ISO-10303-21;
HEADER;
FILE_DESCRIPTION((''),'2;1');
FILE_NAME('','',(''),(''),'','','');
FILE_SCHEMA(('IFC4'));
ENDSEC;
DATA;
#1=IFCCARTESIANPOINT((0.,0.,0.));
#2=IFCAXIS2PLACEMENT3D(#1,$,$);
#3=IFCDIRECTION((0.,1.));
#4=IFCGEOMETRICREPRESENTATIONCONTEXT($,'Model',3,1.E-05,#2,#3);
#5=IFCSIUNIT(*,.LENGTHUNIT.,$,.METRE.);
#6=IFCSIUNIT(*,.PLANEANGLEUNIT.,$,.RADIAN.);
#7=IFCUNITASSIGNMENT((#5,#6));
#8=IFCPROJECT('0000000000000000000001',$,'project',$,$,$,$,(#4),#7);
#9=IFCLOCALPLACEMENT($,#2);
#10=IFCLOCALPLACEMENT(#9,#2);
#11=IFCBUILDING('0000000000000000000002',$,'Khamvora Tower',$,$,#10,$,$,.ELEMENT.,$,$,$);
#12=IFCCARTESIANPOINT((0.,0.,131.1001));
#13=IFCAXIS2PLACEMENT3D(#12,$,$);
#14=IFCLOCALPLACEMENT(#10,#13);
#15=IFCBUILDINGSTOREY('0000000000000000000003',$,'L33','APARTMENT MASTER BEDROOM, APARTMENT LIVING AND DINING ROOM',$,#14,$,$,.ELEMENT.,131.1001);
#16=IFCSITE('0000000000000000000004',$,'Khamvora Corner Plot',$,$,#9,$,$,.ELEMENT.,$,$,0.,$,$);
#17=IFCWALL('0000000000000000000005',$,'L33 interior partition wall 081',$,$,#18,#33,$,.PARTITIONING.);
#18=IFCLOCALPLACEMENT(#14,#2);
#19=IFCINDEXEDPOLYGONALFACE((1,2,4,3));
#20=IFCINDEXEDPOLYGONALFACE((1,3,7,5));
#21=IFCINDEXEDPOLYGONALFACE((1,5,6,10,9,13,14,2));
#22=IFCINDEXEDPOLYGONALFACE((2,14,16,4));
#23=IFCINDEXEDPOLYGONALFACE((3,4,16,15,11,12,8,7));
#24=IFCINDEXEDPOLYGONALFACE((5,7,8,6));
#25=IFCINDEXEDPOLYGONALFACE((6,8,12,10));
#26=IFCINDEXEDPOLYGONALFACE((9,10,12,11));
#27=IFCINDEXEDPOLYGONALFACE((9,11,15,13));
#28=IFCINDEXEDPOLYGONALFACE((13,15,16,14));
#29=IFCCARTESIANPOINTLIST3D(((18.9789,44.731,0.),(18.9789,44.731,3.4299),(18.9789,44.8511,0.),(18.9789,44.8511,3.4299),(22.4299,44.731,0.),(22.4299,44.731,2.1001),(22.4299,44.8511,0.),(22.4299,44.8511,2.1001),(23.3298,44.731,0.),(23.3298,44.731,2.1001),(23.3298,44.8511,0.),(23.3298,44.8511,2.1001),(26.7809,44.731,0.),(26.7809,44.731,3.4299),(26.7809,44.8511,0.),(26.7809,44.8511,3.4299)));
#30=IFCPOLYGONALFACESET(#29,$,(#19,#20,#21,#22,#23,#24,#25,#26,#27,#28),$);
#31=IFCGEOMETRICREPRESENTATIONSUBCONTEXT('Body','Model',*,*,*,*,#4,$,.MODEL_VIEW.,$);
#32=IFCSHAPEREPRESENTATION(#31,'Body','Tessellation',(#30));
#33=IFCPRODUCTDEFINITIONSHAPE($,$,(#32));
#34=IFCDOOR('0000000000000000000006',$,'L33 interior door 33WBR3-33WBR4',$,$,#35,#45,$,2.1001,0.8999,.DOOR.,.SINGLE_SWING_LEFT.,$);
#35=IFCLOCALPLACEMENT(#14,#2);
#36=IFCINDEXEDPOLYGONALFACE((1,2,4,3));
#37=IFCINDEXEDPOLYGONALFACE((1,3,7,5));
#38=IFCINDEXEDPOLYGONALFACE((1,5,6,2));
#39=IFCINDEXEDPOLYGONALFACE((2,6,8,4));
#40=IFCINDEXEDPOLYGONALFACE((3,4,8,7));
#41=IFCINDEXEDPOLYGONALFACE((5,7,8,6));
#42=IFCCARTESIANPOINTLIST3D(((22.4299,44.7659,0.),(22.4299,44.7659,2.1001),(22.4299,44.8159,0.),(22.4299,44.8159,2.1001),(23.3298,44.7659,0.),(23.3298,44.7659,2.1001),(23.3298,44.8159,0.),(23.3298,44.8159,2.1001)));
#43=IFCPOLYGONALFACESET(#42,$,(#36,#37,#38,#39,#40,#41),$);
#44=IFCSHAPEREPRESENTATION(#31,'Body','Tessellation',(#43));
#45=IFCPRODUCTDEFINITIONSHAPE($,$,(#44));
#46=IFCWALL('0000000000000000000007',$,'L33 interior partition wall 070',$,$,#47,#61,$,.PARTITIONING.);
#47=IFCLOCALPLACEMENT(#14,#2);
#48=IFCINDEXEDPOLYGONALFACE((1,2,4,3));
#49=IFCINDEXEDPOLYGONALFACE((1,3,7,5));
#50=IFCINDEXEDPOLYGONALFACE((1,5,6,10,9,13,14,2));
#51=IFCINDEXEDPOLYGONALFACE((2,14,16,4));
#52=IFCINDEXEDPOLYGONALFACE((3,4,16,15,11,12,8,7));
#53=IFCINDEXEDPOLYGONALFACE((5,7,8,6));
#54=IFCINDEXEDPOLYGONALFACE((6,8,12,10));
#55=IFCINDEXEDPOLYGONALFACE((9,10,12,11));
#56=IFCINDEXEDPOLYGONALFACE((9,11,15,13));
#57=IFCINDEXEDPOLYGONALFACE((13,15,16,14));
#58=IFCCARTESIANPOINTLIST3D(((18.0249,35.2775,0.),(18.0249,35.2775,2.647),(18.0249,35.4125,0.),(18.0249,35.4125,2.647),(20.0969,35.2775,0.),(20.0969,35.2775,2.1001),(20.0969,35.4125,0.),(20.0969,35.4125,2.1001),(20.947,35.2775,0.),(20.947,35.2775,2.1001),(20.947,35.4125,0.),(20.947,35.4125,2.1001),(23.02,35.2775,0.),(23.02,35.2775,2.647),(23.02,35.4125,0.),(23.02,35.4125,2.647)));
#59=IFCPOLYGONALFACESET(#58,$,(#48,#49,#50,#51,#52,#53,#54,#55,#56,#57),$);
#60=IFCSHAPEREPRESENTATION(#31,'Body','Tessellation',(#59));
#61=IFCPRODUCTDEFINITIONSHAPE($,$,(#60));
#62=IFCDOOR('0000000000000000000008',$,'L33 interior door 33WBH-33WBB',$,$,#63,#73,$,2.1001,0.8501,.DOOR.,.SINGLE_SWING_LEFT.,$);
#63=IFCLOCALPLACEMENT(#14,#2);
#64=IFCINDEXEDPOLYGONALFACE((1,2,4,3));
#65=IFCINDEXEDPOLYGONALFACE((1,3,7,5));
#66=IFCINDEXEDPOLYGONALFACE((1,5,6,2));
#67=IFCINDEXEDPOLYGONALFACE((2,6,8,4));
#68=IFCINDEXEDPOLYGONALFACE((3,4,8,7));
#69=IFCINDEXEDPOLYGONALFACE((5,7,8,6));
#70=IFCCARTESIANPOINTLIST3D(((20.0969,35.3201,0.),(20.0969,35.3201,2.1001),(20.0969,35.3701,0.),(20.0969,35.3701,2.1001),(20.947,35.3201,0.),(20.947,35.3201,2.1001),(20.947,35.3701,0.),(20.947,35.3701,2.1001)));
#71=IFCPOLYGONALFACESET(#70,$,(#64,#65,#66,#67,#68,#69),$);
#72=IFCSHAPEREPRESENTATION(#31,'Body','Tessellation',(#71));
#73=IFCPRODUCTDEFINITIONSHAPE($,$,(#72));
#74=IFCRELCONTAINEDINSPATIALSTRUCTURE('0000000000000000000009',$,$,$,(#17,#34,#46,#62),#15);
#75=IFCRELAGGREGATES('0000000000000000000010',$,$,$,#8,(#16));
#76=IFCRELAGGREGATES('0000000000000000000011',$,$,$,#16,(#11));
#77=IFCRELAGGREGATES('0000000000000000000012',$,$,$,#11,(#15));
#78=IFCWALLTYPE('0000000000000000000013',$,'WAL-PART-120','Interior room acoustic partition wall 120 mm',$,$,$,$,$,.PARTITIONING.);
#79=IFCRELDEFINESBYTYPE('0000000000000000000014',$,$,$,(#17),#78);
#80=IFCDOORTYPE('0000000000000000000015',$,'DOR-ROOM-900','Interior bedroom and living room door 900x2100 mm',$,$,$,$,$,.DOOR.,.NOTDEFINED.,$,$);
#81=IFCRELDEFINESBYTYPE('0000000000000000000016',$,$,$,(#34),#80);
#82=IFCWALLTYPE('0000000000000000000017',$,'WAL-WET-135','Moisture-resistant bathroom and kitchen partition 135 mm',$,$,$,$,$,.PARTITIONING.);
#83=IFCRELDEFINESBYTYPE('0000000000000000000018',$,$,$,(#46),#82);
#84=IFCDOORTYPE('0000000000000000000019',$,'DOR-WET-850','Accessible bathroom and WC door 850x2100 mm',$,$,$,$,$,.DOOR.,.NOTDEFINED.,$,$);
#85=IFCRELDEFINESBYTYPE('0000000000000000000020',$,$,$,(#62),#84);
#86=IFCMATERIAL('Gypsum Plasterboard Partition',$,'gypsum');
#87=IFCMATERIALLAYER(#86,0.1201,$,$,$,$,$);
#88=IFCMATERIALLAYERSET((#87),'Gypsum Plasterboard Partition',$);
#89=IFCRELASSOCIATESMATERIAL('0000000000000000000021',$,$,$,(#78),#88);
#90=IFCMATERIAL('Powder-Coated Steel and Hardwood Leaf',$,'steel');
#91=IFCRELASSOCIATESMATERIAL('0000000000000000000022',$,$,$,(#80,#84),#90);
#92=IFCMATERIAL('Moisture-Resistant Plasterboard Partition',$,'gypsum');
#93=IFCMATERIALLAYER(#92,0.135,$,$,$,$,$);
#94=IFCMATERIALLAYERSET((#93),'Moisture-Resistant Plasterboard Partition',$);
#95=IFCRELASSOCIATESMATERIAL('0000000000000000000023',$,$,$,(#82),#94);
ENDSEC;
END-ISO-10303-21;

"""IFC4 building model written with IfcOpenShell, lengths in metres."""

from ifc_helpers import new_model, si_unit, direction, frame, frame_2d, origin, place, context, subcontext, project, spatial, rectangle, extrude, material, layer, layer_set, type_object, element, fill, save


model = new_model("IFC4")

# Units and contexts
model_context = context("Model", 3, precision=1e-05, world=origin(), true_north=direction((0.0, 1.0)))
body_context = subcontext(model_context, "Body", "Model", "MODEL_VIEW")
ifc_project = project(units=[si_unit("LENGTHUNIT", "METRE"), si_unit("PLANEANGLEUNIT", "RADIAN")], contexts=[model_context])

# Site, building, storey
site_placement = place(None, origin())
site = spatial("IfcSite", under=ifc_project, at=site_placement, Name="Khamvora Corner Plot", CompositionType="ELEMENT", RefElevation=0.0)
building_placement = place(site_placement, origin())
building = spatial("IfcBuilding", under=site, at=building_placement, Name="Khamvora Tower", CompositionType="ELEMENT")
storey_placement = place(building_placement, frame((0.0, 0.0, 131.1001)))
storey = spatial("IfcBuildingStorey", under=building, at=storey_placement, Name="L33", Description="APARTMENT MASTER BEDROOM, APARTMENT LIVING AND DINING ROOM", CompositionType="ELEMENT", Elevation=131.1001)

# Shared definitions
ifc_material_1 = material(Name="Powder-Coated Steel and Hardwood Leaf", Category="steel")

# Shared definitions
ifc_material_2 = material(Name="Gypsum Plasterboard Partition", Category="gypsum")
ifc_layer_1 = layer(ifc_material_2, 0.1201)
ifc_layer_set_1 = layer_set([ifc_layer_1], Name="Gypsum Plasterboard Partition")
wall_type_1 = type_object("IfcWallType", Name="WAL-PART-120", Description="Interior room acoustic partition wall 120 mm", PredefinedType="PARTITIONING", material=ifc_layer_set_1)

# Walls, openings, doors
door_type_1 = type_object("IfcDoorType", Name="DOR-ROOM-900", Description="Interior bedroom and living room door 900x2100 mm", OperationType="NOTDEFINED", PredefinedType="DOOR", material=ifc_material_1)
wall_1_placement = place(storey_placement, frame((18.979, 44.791, 0.0), z_axis=(0.0, 0.0, 1.0), x_axis=(1.0, 0.0, 0.0)))
wall_1 = element("IfcWall", 1, at=wall_1_placement, inside=storey, type_object=wall_type_1, Name="L33 interior partition wall 081", PredefinedType="PARTITIONING", context=body_context, shape_type="SweptSolid", body=[
    extrude(rectangle(XDim=7.802, YDim=0.1201, at=frame_2d((3.9009, 0.0))), origin(), (0.0, 0.0, 1.0), 3.4299),
])
opening_1_placement = place(wall_1_placement, frame((3.4509, 0.0, 0.0)))
opening_1 = element("IfcOpeningElement", 2, at=opening_1_placement, cuts=wall_1, PredefinedType="OPENING", context=body_context, shape_type="SweptSolid", body=[
    extrude(rectangle(XDim=0.8999, YDim=2.1001, at=frame_2d((0.45, 1.05))), frame((0.0, 0.0701, 0.0), z_axis=(0.0, -1.0, 0.0), x_axis=(1.0, 0.0, 0.0)), (0.0, 0.0, 1.0), 0.1401),
])
door_1_placement = place(opening_1_placement, origin())
door_1 = element("IfcDoor", 3, at=door_1_placement, inside=storey, type_object=door_type_1, Name="L33 interior door 33WBR3-33WBR4", OperationType="SINGLE_SWING_LEFT", OverallHeight=2.1001, OverallWidth=0.8999, PredefinedType="DOOR", context=body_context, shape_type="SweptSolid", body=[
    extrude(rectangle(XDim=0.8999, YDim=2.1001, at=frame_2d((0.45, 1.05))), frame((0.0, 0.0249, 0.0), z_axis=(0.0, -1.0, 0.0), x_axis=(1.0, 0.0, 0.0)), (0.0, 0.0, 1.0), 0.05),
])
fill(opening_1, door_1)
ifc_material_3 = material(Name="Moisture-Resistant Plasterboard Partition", Category="gypsum")
ifc_layer_2 = layer(ifc_material_3, 0.135)
ifc_layer_set_2 = layer_set([ifc_layer_2], Name="Moisture-Resistant Plasterboard Partition")
wall_type_2 = type_object("IfcWallType", Name="WAL-WET-135", Description="Moisture-resistant bathroom and kitchen partition 135 mm", PredefinedType="PARTITIONING", material=ifc_layer_set_2)
wall_2_placement = place(storey_placement, frame((23.02, 35.345, 0.0), z_axis=(0.0, 0.0, 1.0), x_axis=(-1.0, 0.0, 0.0)))
wall_2 = element("IfcWall", 4, at=wall_2_placement, inside=storey, type_object=wall_type_2, Name="L33 interior partition wall 070", PredefinedType="PARTITIONING", context=body_context, shape_type="SweptSolid", body=[
    extrude(rectangle(XDim=4.9951, YDim=0.135, at=frame_2d((2.4976, 0.0))), origin(), (0.0, 0.0, 1.0), 2.647),
])
opening_2_placement = place(wall_2_placement, frame((2.073, 0.0, 0.0)))
opening_2 = element("IfcOpeningElement", 5, at=opening_2_placement, cuts=wall_2, PredefinedType="OPENING", context=body_context, shape_type="SweptSolid", body=[
    extrude(rectangle(XDim=0.8501, YDim=2.1001, at=frame_2d((0.425, 1.05))), frame((0.0, 0.0774, 0.0), z_axis=(0.0, -1.0, 0.0), x_axis=(1.0, 0.0, 0.0)), (0.0, 0.0, 1.0), 0.155),
])
door_type_2 = type_object("IfcDoorType", Name="DOR-WET-850", Description="Accessible bathroom and WC door 850x2100 mm", OperationType="NOTDEFINED", PredefinedType="DOOR", material=ifc_material_1)
door_2_placement = place(opening_2_placement, origin())
door_2 = element("IfcDoor", 6, at=door_2_placement, inside=storey, type_object=door_type_2, Name="L33 interior door 33WBH-33WBB", OperationType="SINGLE_SWING_LEFT", OverallHeight=2.1001, OverallWidth=0.8501, PredefinedType="DOOR", context=body_context, shape_type="SweptSolid", body=[
    extrude(rectangle(XDim=0.8501, YDim=2.1001, at=frame_2d((0.425, 1.05))), frame((0.0, 0.0249, 0.0), z_axis=(0.0, -1.0, 0.0), x_axis=(1.0, 0.0, 0.0)), (0.0, 0.0, 1.0), 0.05),
])
fill(opening_2, door_2)

save(model, "model.ifc")
